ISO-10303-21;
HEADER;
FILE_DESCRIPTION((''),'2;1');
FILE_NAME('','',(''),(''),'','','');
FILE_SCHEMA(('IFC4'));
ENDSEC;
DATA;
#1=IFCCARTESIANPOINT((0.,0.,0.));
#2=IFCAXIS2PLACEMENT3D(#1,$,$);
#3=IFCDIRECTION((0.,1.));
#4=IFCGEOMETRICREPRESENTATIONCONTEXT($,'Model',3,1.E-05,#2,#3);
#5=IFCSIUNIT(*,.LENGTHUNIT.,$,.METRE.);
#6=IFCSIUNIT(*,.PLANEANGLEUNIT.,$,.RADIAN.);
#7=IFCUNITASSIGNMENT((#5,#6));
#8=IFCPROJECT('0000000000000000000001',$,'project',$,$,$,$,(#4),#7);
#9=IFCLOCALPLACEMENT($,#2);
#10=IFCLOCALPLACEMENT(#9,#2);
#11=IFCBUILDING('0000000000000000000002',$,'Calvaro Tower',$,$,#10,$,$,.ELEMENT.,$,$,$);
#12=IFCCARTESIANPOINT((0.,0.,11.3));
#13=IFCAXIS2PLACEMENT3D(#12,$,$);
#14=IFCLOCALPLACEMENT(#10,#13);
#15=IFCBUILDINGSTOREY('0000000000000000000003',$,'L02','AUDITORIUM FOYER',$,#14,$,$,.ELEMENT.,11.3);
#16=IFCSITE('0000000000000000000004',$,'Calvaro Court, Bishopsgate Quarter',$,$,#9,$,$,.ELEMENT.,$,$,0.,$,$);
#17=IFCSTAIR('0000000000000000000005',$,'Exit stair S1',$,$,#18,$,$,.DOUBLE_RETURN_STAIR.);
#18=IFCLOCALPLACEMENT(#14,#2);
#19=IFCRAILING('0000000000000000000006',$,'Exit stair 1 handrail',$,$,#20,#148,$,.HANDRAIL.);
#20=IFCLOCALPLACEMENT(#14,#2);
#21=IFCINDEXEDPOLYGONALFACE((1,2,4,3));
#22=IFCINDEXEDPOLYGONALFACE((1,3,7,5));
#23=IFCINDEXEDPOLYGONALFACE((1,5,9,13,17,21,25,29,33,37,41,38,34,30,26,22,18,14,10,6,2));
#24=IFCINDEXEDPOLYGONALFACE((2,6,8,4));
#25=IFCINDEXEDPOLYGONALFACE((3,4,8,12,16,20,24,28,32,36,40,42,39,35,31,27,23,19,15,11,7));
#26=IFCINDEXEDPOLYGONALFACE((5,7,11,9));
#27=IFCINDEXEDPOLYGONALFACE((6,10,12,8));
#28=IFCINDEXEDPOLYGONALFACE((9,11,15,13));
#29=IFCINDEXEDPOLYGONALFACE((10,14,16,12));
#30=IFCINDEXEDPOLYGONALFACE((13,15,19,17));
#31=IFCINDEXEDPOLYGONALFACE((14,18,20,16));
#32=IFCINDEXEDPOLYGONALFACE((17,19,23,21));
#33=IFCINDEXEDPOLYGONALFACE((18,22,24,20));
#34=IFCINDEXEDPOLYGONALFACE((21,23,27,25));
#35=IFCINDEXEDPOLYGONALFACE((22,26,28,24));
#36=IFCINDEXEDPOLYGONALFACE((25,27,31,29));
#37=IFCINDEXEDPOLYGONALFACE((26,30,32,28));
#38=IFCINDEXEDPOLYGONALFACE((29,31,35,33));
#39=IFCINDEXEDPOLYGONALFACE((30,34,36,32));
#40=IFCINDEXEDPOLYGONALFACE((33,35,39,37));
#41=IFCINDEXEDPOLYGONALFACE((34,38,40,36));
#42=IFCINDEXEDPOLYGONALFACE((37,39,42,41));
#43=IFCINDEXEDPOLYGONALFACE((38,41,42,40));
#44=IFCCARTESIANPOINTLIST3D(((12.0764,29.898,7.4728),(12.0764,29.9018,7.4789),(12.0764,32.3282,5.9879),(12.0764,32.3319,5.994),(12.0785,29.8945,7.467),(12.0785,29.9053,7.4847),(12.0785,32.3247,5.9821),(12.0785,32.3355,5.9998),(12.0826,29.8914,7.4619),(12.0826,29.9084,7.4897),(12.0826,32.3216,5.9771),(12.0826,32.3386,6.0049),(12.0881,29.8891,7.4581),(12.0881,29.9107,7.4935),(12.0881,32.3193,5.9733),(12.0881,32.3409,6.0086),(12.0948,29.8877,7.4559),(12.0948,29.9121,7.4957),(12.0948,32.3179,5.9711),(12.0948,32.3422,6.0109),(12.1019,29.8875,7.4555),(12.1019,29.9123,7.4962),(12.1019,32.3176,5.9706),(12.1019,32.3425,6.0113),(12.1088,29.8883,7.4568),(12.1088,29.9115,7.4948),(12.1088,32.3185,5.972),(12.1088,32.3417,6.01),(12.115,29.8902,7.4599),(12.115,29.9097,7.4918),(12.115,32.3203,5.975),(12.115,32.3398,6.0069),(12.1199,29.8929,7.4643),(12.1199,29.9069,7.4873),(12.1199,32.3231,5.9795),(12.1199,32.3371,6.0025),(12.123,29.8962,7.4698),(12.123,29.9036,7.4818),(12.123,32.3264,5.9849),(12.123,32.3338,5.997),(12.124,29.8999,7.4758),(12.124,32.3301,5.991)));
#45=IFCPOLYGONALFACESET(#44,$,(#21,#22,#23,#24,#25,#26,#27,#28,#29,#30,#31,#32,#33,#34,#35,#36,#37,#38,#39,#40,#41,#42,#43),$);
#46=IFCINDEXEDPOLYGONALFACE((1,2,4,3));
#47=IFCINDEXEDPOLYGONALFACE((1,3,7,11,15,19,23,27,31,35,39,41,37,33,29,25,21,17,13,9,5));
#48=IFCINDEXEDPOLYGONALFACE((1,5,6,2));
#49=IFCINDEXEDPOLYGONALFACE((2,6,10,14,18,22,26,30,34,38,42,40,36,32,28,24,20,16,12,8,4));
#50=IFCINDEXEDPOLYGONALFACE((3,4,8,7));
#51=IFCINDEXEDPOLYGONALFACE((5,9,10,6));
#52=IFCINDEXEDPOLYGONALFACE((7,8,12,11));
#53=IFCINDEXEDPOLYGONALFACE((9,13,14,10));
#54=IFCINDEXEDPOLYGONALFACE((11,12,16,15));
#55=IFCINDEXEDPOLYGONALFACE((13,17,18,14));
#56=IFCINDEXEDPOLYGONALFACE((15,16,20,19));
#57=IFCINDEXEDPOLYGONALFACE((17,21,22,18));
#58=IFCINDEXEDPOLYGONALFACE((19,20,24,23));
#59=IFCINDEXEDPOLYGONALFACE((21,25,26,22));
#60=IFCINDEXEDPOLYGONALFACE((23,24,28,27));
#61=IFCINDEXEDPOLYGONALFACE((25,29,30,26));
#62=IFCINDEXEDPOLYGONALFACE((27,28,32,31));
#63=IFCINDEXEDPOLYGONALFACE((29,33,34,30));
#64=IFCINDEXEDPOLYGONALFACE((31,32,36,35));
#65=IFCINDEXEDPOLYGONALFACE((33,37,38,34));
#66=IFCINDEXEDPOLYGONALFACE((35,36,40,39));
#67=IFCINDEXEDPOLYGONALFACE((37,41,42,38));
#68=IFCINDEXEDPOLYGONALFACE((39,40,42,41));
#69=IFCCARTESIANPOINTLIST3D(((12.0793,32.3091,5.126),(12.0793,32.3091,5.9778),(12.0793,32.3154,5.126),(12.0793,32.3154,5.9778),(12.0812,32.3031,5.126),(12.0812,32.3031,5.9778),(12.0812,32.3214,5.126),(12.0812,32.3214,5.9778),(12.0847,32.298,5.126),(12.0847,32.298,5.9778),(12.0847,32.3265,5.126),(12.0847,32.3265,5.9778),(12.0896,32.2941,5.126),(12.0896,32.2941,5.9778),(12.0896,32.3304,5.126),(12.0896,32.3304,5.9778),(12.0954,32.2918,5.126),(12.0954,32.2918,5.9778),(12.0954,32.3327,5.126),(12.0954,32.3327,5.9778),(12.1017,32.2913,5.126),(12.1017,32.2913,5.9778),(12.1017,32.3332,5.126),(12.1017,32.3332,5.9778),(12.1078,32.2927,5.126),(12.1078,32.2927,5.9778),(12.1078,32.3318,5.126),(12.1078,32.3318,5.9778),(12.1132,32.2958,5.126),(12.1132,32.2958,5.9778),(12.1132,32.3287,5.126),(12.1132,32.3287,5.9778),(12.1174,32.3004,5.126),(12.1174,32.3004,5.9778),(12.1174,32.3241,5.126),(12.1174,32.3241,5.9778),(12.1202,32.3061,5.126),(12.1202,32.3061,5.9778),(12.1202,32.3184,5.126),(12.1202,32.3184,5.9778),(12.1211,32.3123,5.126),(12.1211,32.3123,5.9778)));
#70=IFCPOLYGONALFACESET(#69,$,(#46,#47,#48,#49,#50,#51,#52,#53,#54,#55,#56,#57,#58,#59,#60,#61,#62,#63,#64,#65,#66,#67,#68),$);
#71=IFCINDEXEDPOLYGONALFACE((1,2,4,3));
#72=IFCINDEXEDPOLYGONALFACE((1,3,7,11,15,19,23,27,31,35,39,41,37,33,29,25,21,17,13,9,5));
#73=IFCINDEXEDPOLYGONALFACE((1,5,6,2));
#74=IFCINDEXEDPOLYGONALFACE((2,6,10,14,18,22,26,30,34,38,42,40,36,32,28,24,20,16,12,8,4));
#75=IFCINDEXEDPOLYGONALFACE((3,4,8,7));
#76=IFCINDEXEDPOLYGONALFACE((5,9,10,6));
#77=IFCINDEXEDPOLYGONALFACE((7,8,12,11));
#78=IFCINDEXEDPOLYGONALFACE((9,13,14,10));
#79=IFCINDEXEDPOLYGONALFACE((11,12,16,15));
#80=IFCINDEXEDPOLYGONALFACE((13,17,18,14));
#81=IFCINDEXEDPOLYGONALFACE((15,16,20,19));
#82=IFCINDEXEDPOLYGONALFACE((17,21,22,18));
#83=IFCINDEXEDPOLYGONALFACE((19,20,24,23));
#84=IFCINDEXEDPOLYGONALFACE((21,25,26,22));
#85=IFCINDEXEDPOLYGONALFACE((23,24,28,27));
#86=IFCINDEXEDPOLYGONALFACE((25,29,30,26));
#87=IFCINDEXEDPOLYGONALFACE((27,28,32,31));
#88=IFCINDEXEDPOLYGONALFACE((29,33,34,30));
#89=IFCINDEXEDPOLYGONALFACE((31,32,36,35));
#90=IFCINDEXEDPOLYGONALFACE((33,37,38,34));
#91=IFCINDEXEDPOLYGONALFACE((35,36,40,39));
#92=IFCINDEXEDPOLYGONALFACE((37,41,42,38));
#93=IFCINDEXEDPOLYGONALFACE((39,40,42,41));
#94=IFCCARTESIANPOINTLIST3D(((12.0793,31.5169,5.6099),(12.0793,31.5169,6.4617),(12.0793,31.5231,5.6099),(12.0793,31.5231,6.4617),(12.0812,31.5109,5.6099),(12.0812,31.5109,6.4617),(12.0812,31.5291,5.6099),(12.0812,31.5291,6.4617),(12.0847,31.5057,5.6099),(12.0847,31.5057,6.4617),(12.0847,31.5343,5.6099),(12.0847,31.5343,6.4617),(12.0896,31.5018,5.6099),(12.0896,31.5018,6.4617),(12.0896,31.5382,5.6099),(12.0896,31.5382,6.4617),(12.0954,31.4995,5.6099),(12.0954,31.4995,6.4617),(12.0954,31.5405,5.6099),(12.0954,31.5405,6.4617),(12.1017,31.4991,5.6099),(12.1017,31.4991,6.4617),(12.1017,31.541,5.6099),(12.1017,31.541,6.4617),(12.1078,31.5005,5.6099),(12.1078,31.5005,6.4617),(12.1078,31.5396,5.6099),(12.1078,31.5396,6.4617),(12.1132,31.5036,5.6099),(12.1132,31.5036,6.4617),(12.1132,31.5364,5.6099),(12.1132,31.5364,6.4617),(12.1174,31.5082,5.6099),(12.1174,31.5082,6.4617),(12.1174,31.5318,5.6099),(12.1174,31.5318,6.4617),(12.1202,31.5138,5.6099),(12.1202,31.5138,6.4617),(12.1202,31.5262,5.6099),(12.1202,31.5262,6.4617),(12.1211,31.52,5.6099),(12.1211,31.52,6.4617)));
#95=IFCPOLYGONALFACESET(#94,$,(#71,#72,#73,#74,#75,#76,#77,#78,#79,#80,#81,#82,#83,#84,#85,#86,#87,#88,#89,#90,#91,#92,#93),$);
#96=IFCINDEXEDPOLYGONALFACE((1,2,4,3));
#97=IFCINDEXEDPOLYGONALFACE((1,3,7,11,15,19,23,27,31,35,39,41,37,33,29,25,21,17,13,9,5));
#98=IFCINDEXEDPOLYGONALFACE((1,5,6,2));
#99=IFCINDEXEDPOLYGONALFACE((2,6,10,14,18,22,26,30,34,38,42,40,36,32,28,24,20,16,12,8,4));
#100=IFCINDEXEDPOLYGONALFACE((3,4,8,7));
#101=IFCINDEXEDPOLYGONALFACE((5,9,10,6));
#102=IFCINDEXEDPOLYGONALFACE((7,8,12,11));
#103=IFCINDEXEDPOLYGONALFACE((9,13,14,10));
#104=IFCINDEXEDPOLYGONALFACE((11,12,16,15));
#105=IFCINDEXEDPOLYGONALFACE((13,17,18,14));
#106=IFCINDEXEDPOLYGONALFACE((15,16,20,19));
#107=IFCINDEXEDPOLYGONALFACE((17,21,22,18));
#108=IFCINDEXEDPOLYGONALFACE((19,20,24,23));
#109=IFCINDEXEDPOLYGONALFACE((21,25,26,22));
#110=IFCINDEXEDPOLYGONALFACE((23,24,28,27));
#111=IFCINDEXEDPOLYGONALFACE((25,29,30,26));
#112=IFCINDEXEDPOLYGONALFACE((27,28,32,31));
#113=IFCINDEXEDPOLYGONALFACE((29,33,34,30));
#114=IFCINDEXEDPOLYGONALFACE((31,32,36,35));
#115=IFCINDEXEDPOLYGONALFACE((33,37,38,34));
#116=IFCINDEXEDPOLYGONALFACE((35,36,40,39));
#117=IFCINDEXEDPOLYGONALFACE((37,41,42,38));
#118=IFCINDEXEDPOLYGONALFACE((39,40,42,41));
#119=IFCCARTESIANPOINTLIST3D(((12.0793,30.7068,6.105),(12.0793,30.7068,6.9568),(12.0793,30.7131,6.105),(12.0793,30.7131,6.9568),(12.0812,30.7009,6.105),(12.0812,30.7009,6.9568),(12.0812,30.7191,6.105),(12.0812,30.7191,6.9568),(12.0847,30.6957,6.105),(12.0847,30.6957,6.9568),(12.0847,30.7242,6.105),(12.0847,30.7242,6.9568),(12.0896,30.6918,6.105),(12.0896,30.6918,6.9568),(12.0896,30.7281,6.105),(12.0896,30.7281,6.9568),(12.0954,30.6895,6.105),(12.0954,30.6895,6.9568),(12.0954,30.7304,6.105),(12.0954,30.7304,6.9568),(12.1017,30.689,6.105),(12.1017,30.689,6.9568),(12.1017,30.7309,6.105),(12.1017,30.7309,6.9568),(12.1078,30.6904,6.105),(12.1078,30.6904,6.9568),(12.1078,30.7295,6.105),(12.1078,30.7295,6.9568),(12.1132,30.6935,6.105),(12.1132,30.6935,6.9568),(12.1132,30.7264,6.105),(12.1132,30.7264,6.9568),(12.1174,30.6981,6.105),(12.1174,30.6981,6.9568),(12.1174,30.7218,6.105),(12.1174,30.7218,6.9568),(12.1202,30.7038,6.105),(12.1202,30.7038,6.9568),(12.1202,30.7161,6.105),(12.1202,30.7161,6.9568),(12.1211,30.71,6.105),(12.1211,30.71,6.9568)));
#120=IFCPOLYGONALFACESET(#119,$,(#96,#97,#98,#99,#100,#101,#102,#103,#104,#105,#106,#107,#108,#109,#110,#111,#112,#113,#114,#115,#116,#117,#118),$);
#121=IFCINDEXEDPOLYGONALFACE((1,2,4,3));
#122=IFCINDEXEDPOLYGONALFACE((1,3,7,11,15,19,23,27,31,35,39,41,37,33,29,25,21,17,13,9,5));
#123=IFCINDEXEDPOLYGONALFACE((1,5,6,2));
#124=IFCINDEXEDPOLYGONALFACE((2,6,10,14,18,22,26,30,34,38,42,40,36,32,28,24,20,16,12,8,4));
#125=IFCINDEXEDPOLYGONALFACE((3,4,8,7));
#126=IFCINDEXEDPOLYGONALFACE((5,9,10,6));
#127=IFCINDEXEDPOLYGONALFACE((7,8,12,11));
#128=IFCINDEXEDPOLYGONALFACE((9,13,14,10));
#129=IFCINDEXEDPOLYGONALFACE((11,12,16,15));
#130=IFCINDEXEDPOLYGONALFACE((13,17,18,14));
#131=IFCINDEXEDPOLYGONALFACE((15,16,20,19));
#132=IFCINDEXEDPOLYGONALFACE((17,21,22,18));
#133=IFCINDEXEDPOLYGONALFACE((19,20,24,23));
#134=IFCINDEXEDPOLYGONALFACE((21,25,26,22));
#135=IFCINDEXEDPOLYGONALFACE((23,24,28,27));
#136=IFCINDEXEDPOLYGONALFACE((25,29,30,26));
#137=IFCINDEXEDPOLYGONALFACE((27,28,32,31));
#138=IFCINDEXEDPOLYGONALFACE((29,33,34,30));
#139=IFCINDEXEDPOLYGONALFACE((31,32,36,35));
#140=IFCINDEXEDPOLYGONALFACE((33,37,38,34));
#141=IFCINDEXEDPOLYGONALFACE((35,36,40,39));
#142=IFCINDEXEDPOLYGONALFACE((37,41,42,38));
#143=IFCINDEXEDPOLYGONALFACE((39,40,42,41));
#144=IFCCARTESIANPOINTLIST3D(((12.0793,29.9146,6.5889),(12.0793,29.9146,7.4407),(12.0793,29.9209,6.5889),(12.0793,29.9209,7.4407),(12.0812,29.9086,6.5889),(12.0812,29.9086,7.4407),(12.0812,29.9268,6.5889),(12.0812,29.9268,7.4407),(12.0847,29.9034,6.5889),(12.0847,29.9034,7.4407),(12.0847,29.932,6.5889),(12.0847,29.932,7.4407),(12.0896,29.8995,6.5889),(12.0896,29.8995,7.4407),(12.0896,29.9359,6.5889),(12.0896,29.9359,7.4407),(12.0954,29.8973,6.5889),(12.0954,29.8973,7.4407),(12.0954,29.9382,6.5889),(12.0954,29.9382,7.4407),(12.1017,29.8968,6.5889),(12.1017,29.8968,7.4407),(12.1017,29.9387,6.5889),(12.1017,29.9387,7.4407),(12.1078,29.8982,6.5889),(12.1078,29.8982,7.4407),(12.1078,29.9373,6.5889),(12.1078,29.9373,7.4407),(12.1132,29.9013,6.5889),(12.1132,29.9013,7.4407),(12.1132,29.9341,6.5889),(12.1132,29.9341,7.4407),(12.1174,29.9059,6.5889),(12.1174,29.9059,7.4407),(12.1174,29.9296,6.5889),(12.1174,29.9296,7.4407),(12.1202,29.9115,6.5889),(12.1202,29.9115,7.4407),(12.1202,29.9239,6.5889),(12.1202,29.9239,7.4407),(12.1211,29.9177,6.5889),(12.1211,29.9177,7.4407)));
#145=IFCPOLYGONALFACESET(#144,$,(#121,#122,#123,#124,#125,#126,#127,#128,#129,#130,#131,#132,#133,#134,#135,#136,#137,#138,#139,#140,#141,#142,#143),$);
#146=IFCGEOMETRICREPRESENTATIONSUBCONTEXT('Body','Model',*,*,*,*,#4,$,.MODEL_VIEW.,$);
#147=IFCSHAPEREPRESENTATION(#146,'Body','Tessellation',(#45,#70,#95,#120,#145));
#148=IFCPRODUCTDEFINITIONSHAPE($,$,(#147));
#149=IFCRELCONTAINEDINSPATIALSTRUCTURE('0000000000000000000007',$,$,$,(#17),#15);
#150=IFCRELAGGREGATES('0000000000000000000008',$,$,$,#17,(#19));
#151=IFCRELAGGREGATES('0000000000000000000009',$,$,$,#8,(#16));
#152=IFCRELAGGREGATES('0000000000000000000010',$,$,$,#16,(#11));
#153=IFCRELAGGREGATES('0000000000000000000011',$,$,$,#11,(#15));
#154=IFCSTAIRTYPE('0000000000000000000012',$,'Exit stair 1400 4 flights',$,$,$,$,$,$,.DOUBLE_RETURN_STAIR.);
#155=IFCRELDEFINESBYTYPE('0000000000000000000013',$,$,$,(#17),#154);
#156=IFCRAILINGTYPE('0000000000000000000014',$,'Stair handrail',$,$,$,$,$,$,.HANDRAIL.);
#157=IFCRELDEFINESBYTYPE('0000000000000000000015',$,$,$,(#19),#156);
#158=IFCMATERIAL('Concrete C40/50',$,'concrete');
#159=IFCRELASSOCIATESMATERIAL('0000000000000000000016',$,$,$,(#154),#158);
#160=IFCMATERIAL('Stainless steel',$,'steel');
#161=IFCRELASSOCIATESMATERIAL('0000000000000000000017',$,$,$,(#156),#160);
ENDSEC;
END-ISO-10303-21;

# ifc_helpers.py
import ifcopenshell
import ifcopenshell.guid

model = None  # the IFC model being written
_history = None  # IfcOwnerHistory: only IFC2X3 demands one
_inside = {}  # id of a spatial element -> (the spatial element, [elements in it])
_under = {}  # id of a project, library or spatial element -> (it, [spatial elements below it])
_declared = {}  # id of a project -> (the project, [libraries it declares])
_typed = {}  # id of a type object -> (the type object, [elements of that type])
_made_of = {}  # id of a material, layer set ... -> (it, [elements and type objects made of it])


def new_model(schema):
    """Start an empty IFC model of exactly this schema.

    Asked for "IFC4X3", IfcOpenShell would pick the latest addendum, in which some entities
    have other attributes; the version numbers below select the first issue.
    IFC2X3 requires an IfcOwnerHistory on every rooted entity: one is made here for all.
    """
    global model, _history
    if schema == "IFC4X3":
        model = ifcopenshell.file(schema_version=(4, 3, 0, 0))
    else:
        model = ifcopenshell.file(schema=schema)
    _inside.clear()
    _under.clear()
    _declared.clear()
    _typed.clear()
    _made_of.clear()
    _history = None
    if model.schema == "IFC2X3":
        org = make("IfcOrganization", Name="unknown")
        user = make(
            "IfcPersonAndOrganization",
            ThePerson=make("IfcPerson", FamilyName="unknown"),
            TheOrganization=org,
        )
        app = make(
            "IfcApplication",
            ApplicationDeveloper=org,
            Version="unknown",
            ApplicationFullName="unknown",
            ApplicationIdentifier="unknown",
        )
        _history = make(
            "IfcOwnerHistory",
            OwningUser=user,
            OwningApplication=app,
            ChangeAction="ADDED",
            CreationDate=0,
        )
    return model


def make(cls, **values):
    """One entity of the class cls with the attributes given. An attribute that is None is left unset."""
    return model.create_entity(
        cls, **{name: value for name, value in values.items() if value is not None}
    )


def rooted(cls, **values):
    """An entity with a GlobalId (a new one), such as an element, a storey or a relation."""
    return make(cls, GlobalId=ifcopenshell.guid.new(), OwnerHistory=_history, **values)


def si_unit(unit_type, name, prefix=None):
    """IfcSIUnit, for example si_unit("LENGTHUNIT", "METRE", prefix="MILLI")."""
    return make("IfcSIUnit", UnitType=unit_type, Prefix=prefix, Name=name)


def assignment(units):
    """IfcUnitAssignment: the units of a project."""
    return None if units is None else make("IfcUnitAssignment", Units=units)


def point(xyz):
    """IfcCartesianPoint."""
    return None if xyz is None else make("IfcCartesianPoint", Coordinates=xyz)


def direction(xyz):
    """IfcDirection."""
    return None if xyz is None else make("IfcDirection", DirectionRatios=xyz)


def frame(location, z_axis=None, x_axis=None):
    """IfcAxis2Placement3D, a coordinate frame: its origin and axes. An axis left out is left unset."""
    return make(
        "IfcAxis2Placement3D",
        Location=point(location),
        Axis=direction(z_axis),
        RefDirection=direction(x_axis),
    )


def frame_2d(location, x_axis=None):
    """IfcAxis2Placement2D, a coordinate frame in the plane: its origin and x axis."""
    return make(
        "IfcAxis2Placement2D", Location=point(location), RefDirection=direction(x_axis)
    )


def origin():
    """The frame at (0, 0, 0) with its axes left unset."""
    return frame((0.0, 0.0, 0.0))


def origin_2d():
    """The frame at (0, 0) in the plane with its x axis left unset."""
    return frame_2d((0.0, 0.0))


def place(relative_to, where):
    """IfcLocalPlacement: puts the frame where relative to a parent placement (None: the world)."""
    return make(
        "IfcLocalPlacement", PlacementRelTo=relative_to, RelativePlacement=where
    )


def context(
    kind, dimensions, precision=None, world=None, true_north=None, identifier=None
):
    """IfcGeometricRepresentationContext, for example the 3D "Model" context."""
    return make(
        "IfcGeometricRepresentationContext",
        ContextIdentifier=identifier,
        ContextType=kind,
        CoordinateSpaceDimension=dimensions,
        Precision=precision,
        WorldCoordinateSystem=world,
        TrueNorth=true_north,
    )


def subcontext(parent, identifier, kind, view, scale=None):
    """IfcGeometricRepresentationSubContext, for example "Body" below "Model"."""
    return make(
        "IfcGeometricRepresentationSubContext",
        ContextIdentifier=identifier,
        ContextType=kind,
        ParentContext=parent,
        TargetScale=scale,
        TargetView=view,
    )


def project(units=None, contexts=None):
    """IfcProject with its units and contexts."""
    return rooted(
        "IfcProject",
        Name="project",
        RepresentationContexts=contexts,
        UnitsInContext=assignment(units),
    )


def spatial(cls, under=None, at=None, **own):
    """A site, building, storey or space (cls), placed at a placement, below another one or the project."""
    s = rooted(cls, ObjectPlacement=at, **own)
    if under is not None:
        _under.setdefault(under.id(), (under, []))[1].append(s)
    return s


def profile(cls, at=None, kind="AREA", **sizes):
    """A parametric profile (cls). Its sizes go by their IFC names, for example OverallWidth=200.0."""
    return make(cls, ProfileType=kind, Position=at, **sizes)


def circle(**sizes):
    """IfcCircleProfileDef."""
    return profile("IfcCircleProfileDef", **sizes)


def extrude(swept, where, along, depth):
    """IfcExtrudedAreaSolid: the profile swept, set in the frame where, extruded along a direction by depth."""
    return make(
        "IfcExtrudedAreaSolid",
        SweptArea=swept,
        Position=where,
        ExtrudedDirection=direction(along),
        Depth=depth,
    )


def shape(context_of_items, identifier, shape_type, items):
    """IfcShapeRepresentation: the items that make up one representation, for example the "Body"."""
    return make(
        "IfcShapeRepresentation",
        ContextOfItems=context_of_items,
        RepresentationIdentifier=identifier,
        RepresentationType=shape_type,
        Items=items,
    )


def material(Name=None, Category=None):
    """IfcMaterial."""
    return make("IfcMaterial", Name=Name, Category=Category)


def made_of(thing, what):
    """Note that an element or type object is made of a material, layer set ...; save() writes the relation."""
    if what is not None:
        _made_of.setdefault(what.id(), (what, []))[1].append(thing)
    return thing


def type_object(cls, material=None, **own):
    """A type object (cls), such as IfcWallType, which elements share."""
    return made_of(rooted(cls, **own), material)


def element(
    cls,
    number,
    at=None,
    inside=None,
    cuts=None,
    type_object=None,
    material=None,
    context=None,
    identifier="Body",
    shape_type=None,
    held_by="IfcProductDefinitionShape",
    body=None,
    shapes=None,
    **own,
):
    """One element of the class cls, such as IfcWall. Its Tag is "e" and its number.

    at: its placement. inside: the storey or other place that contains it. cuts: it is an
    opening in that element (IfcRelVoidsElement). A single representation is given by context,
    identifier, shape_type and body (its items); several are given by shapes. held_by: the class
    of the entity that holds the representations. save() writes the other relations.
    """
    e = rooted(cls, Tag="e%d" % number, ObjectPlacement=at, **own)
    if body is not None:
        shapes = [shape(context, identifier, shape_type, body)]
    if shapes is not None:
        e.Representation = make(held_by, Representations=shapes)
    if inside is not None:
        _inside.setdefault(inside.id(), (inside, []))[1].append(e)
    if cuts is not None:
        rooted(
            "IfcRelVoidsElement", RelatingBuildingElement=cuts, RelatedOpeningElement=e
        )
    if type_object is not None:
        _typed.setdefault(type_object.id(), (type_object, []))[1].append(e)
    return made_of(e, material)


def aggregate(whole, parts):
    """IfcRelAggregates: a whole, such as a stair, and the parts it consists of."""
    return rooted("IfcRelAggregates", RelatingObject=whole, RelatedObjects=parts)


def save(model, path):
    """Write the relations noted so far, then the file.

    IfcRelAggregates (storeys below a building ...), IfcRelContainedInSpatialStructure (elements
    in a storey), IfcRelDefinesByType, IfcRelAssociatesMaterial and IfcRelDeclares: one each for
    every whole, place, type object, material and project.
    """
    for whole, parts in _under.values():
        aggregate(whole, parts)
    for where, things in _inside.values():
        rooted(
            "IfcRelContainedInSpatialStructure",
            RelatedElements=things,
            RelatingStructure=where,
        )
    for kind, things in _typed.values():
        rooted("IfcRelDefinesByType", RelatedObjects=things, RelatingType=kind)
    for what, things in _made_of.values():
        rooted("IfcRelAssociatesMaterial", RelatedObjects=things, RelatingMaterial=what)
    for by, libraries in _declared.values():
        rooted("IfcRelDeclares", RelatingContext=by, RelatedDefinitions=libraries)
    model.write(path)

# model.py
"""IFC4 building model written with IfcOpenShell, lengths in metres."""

from ifc_helpers import new_model, si_unit, direction, frame, origin, origin_2d, place, context, subcontext, project, spatial, circle, extrude, material, type_object, element, aggregate, save


model = new_model("IFC4")

# Units and contexts
model_context = context("Model", 3, precision=1e-05, world=origin(), true_north=direction((0.0, 1.0)))
body_context = subcontext(model_context, "Body", "Model", "MODEL_VIEW")
ifc_project = project(units=[si_unit("LENGTHUNIT", "METRE"), si_unit("PLANEANGLEUNIT", "RADIAN")], contexts=[model_context])

# Site, building, storey
site_placement = place(None, origin())
site = spatial("IfcSite", under=ifc_project, at=site_placement, Name="Calvaro Court, Bishopsgate Quarter", CompositionType="ELEMENT", RefElevation=0.0)
building_placement = place(site_placement, origin())
building = spatial("IfcBuilding", under=site, at=building_placement, Name="Calvaro Tower", CompositionType="ELEMENT")
storey_placement = place(building_placement, frame((0.0, 0.0, 11.3)))
storey = spatial("IfcBuildingStorey", under=building, at=storey_placement, Name="L02", Description="AUDITORIUM FOYER", CompositionType="ELEMENT", Elevation=11.3)

# Stair, railing
ifc_material_1 = material(Name="Concrete C40/50", Category="concrete")
stair_type = type_object("IfcStairType", Name="Exit stair 1400 4 flights", PredefinedType="DOUBLE_RETURN_STAIR", material=ifc_material_1)
stair_placement = place(storey_placement, origin())
stair = element("IfcStair", 1, at=stair_placement, inside=storey, type_object=stair_type, Name="Exit stair S1", PredefinedType="DOUBLE_RETURN_STAIR")
ifc_material_2 = material(Name="Stainless steel", Category="steel")
railing_type = type_object("IfcRailingType", Name="Stair handrail", PredefinedType="HANDRAIL", material=ifc_material_2)
railing_1_placement = place(storey_placement, frame((12.1001, 32.3301, 5.115)))
railing_1 = element("IfcRailing", 2, at=railing_1_placement, type_object=railing_type, Name="Exit stair 1 handrail", PredefinedType="HANDRAIL", context=body_context, shape_type="SweptSolid", body=[
    extrude(circle(Radius=0.0239, at=origin_2d()), frame((0.0, 0.0, 0.876), z_axis=(0.0, -0.85332, 0.521388), x_axis=(1.0, 0.0, 0.0)), (0.0, 0.0, 1.0), 2.8479),
    extrude(circle(Radius=0.021, at=origin_2d()), frame((0.0, -0.0178, 0.011)), (0.0, 0.0, 1.0), 0.8518),
    extrude(circle(Radius=0.021, at=origin_2d()), frame((0.0, -0.8101, 0.4949)), (0.0, 0.0, 1.0), 0.8518),
    extrude(circle(Radius=0.021, at=origin_2d()), frame((0.0, -1.6201, 0.99)), (0.0, 0.0, 1.0), 0.8518),
    extrude(circle(Radius=0.021, at=origin_2d()), frame((0.0, -2.4124, 1.4739)), (0.0, 0.0, 1.0), 0.8518),
])
aggregate(stair, [railing_1])

save(model, "model.ifc")
